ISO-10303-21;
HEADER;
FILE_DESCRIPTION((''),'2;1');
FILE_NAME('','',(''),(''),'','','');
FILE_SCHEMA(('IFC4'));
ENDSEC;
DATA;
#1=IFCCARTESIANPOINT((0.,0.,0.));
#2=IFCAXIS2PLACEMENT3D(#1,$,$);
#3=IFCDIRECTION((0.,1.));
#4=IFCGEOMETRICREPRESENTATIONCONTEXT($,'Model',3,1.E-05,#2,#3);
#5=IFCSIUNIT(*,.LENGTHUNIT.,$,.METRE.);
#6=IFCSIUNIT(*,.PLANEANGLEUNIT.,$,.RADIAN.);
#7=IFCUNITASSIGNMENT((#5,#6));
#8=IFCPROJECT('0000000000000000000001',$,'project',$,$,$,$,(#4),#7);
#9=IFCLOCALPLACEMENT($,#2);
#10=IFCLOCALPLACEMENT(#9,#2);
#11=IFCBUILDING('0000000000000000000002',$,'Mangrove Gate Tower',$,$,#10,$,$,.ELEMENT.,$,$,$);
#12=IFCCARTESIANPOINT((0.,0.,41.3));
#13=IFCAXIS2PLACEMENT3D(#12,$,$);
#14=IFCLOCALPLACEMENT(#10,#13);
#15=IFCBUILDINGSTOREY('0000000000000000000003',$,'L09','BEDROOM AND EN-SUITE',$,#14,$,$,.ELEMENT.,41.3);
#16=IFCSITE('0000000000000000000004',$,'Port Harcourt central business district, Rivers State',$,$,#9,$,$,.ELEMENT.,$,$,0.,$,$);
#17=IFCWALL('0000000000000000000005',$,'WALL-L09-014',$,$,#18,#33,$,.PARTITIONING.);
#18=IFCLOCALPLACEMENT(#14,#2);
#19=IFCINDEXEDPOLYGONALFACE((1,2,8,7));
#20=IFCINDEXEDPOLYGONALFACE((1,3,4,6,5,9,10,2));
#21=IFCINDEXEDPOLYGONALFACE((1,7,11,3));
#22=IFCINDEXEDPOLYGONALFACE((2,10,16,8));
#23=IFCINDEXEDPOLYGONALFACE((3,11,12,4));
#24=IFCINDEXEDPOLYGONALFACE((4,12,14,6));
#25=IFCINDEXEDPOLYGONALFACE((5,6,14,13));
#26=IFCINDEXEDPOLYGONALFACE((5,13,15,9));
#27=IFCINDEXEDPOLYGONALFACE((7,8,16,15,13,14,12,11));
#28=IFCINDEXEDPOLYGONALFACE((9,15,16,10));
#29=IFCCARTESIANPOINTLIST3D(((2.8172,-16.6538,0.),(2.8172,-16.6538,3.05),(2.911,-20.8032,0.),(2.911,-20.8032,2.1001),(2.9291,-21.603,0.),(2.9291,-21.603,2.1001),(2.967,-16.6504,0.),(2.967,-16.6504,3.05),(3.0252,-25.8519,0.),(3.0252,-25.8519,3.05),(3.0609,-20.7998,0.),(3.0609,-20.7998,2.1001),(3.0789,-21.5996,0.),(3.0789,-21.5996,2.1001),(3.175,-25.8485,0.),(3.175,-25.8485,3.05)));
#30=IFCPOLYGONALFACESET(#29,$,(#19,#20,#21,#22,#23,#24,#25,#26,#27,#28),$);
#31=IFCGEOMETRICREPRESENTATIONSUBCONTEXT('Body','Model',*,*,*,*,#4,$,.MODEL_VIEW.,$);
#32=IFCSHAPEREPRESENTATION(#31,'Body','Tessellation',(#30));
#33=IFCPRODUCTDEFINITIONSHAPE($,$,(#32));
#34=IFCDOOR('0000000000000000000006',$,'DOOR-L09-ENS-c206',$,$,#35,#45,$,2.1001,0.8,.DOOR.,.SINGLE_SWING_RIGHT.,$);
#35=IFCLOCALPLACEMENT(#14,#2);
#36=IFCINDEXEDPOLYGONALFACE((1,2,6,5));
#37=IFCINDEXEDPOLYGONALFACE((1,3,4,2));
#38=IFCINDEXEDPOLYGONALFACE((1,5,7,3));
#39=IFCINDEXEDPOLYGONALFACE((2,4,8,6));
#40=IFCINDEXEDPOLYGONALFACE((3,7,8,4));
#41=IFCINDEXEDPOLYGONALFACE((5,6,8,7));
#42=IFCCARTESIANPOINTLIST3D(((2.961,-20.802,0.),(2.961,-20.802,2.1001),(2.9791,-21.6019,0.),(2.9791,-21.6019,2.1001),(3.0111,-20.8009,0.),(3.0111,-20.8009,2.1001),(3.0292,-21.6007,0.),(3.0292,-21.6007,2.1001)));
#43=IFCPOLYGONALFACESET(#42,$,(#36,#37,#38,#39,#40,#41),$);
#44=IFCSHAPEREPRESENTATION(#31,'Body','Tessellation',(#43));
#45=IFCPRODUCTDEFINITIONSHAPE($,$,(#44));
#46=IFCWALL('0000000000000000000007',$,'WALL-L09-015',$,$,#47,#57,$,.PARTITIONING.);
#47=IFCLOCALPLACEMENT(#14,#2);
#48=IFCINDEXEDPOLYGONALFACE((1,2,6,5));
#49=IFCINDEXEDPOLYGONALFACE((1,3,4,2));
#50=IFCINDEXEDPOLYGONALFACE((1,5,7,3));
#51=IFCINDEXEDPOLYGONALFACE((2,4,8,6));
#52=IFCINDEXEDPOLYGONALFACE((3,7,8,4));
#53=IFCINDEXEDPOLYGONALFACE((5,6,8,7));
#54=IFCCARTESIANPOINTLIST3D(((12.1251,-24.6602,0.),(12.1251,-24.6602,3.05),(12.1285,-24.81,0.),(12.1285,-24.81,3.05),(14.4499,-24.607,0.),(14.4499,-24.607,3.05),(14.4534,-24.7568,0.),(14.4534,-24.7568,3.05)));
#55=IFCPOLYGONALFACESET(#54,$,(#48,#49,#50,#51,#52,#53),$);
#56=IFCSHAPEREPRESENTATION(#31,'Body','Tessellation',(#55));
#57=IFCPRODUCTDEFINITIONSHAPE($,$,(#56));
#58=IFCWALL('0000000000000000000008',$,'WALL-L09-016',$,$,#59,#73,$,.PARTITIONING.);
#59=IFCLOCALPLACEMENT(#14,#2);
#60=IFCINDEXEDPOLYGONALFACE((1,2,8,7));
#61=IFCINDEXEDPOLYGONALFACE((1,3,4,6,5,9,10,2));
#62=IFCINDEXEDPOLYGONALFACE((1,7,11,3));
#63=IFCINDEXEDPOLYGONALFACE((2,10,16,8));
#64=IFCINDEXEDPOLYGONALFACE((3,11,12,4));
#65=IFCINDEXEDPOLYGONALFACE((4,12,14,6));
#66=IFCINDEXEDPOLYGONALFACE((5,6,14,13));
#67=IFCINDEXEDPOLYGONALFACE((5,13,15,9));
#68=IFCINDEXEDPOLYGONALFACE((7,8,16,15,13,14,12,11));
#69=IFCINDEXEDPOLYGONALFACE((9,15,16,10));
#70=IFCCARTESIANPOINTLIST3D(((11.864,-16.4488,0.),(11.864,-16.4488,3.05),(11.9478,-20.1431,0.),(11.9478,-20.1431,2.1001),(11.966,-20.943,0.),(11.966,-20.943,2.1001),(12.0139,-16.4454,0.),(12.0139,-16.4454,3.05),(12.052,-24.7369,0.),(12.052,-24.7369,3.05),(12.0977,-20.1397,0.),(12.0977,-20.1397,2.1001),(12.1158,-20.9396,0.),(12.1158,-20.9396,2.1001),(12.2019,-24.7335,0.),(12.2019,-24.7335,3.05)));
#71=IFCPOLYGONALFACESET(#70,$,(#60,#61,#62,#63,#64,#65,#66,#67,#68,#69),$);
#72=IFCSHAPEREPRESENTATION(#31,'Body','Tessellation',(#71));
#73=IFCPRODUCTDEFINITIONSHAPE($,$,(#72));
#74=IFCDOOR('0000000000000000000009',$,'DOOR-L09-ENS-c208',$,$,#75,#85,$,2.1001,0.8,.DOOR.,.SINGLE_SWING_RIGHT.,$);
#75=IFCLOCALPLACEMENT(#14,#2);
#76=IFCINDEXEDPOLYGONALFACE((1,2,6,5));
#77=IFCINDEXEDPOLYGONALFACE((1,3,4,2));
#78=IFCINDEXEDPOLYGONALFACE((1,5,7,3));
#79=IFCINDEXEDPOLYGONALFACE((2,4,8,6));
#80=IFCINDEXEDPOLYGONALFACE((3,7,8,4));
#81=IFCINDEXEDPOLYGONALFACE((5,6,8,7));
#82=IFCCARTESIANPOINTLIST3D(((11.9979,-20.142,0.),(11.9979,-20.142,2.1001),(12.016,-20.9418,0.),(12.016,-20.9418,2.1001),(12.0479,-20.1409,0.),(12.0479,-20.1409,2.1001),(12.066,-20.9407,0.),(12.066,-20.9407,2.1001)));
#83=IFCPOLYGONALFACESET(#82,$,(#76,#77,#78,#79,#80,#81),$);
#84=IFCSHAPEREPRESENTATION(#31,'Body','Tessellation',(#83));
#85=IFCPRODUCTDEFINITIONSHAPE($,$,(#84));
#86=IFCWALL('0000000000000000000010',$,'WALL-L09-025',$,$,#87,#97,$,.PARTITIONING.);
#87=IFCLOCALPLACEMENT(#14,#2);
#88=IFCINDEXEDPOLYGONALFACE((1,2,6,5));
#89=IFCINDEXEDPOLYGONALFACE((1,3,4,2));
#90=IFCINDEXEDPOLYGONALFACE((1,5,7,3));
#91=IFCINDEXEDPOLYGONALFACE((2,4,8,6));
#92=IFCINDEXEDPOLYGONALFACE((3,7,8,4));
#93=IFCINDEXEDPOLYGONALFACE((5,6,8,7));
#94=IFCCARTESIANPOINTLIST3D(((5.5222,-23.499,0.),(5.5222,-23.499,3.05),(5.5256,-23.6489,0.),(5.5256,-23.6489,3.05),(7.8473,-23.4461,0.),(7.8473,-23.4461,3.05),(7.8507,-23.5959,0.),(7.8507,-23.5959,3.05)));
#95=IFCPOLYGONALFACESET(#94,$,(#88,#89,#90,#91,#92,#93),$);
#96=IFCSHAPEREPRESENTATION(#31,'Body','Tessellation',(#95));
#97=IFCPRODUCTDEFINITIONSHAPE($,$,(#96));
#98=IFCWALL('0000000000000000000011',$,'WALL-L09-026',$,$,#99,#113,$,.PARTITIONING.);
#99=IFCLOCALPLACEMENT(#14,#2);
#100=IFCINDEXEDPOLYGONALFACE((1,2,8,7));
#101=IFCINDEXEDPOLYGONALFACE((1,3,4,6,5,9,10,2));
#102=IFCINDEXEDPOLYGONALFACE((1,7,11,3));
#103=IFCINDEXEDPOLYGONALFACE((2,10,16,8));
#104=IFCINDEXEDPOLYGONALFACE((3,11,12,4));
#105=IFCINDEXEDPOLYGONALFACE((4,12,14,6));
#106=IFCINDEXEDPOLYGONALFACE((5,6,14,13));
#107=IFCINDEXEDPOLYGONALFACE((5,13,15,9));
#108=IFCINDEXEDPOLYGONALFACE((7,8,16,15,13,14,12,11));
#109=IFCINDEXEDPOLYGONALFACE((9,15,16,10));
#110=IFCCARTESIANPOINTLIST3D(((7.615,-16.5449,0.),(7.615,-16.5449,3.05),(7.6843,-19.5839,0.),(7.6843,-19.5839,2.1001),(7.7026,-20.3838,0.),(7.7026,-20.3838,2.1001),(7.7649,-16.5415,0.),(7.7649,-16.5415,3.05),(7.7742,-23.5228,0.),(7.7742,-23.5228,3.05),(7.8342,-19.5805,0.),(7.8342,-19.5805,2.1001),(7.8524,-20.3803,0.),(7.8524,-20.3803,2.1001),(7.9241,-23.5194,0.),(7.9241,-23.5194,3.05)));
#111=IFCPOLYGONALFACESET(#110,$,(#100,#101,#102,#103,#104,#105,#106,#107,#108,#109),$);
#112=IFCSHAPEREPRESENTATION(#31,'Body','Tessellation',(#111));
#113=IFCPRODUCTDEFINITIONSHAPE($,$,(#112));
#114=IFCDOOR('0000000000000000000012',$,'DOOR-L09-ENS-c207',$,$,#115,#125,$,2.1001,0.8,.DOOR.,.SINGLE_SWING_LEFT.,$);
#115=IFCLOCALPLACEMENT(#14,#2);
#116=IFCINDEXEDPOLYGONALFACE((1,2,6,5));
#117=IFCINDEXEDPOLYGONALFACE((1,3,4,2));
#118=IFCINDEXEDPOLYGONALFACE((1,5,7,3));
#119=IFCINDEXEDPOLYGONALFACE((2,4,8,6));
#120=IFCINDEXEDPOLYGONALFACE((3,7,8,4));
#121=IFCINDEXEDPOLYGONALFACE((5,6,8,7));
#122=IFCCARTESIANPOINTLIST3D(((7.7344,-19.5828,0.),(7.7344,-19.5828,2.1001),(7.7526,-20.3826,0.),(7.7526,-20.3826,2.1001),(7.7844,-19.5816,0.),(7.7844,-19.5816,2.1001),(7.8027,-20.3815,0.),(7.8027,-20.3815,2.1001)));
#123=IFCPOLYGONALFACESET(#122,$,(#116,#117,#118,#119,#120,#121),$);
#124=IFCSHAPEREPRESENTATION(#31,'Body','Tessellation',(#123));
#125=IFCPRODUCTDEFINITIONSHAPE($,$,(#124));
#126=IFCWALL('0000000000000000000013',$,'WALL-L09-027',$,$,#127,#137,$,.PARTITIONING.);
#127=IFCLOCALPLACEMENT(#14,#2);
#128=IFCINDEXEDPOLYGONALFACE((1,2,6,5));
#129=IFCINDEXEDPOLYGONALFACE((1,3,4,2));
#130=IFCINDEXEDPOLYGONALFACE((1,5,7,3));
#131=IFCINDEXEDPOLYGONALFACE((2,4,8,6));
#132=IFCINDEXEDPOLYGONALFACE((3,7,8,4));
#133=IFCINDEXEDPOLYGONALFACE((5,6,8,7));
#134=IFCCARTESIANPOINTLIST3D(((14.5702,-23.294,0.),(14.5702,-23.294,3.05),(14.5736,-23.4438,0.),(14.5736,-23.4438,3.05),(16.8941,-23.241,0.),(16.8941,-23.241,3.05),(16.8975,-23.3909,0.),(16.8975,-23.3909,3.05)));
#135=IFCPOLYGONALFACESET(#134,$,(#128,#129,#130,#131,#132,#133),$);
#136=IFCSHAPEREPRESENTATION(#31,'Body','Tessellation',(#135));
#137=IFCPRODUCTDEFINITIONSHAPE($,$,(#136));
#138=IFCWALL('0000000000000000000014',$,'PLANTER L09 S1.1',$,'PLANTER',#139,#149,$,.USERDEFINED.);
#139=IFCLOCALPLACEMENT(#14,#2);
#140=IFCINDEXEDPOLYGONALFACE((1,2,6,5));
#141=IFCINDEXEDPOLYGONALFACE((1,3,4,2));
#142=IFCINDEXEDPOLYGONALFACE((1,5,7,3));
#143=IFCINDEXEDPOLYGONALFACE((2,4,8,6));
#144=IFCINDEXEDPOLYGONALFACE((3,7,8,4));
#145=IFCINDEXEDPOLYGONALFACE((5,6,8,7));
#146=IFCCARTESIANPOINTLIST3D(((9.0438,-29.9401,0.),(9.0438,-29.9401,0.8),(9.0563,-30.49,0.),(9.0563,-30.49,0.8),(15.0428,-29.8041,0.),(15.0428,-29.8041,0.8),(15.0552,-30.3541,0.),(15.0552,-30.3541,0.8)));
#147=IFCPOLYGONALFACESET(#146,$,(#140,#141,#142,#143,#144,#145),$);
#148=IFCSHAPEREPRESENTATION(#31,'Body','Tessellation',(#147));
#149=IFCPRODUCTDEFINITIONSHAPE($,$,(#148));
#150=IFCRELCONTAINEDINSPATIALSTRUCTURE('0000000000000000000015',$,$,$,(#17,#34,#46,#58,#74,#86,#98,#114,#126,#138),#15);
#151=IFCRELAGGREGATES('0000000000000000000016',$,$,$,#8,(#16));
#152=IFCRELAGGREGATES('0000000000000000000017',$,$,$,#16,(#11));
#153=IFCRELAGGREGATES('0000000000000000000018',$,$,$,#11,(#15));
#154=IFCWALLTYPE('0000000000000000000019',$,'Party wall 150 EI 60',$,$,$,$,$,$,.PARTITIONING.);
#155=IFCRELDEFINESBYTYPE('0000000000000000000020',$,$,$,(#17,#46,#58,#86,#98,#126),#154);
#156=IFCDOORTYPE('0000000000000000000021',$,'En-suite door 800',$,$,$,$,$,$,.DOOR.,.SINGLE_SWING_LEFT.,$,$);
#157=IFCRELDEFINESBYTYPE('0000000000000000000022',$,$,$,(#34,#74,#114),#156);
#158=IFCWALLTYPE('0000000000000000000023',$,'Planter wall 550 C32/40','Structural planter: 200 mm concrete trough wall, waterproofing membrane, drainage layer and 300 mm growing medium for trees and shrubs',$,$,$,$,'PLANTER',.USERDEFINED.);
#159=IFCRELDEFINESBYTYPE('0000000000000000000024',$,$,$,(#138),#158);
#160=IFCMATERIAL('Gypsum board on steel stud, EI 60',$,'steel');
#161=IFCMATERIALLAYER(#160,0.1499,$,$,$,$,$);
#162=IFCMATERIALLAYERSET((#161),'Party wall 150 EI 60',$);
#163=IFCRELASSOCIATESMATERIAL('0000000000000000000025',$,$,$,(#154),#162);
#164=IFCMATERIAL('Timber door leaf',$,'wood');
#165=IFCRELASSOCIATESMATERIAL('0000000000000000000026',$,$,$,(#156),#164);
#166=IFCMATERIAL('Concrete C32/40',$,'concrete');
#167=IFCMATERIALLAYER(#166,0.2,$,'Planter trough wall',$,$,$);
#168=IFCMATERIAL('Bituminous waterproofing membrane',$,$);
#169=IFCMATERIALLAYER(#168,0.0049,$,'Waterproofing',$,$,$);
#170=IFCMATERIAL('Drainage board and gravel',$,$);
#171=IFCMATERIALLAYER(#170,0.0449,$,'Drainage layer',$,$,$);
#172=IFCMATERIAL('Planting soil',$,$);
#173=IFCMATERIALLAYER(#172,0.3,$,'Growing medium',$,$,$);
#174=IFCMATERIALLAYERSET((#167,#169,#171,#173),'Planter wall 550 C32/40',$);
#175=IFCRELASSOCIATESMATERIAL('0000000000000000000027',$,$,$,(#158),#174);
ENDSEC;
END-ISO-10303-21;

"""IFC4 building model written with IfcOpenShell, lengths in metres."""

from ifc_helpers import new_model, si_unit, direction, frame, frame_2d, origin, place, context, subcontext, project, spatial, rectangle, extrude, material, layer, layer_set, type_object, element, fill, save


model = new_model("IFC4")

# Units and contexts
model_context = context("Model", 3, precision=1e-05, world=origin(), true_north=direction((0.0, 1.0)))
body_context = subcontext(model_context, "Body", "Model", "MODEL_VIEW")
ifc_project = project(units=[si_unit("LENGTHUNIT", "METRE"), si_unit("PLANEANGLEUNIT", "RADIAN")], contexts=[model_context])

# Site, building, storey
site_placement = place(None, origin())
site = spatial("IfcSite", under=ifc_project, at=site_placement, Name="Port Harcourt central business district, Rivers State", CompositionType="ELEMENT", RefElevation=0.0)
building_placement = place(site_placement, origin())
building = spatial("IfcBuilding", under=site, at=building_placement, Name="Mangrove Gate Tower", CompositionType="ELEMENT")
storey_placement = place(building_placement, frame((0.0, 0.0, 41.3)))
storey = spatial("IfcBuildingStorey", under=building, at=storey_placement, Name="L09", Description="BEDROOM AND EN-SUITE", CompositionType="ELEMENT", Elevation=41.3)

# Shared definitions
ifc_material_1 = material(Name="Gypsum board on steel stud, EI 60", Category="steel")
ifc_layer_1 = layer(ifc_material_1, 0.1499)
ifc_layer_set_1 = layer_set([ifc_layer_1], Name="Party wall 150 EI 60")
wall_type_1 = type_object("IfcWallType", Name="Party wall 150 EI 60", PredefinedType="PARTITIONING", material=ifc_layer_set_1)

# Wall, opening, door
wall_1_placement = place(storey_placement, frame((3.1001, -25.8501, 0.0), z_axis=(0.0, 0.0, 1.0), x_axis=(-0.022609, 0.999744, 0.0)))
wall_1 = element("IfcWall", 1, at=wall_1_placement, inside=storey, type_object=wall_type_1, Name="WALL-L09-014", PredefinedType="PARTITIONING", context=body_context, shape_type="SweptSolid", body=[
    extrude(rectangle(XDim=9.2004, YDim=0.1499, at=frame_2d((4.6001, 0.0))), origin(), (0.0, 0.0, 1.0), 3.05),
])
opening_1_placement = place(wall_1_placement, frame((4.25, 0.0, 0.0)))
opening_1 = element("IfcOpeningElement", 2, at=opening_1_placement, cuts=wall_1, PredefinedType="OPENING", context=body_context, shape_type="SweptSolid", body=[
    extrude(rectangle(XDim=0.8, YDim=2.1001, at=frame_2d((0.3999, 1.05))), frame((0.0, 0.085, 0.0), z_axis=(0.0, -1.0, 0.0), x_axis=(1.0, 0.0, 0.0)), (0.0, 0.0, 1.0), 0.1699),
])
ifc_material_2 = material(Name="Timber door leaf", Category="wood")
door_type_1 = type_object("IfcDoorType", Name="En-suite door 800", OperationType="SINGLE_SWING_LEFT", PredefinedType="DOOR", material=ifc_material_2)
door_1_placement = place(opening_1_placement, origin())
door_1 = element("IfcDoor", 3, at=door_1_placement, inside=storey, type_object=door_type_1, Name="DOOR-L09-ENS-c206", OperationType="SINGLE_SWING_RIGHT", OverallHeight=2.1001, OverallWidth=0.8, PredefinedType="DOOR", context=body_context, shape_type="SweptSolid", body=[
    extrude(rectangle(XDim=0.8, YDim=2.1001, at=frame_2d((0.3999, 1.05))), frame((0.0, 0.0249, 0.0), z_axis=(0.0, -1.0, 0.0), x_axis=(1.0, 0.0, 0.0)), (0.0, 0.0, 1.0), 0.05),
])
fill(opening_1, door_1)

# Wall
wall_2_placement = place(storey_placement, frame((12.127, -24.7351, 0.0), z_axis=(0.0, 0.0, 1.0), x_axis=(0.999738, 0.022886, 0.0)))
element("IfcWall", 4, at=wall_2_placement, inside=storey, type_object=wall_type_1, Name="WALL-L09-015", PredefinedType="PARTITIONING", context=body_context, shape_type="SweptSolid", body=[
    extrude(rectangle(XDim=2.3254, YDim=0.1499, at=frame_2d((1.1626, 0.0))), origin(), (0.0, 0.0, 1.0), 3.05),
])

# Wall, opening, door
wall_3_placement = place(storey_placement, frame((12.127, -24.7351, 0.0), z_axis=(0.0, 0.0, 1.0), x_axis=(-0.022676, 0.999743, 0.0)))
wall_3 = element("IfcWall", 5, at=wall_3_placement, inside=storey, type_object=wall_type_1, Name="WALL-L09-016", PredefinedType="PARTITIONING", context=body_context, shape_type="SweptSolid", body=[
    extrude(rectangle(XDim=8.2903, YDim=0.1499, at=frame_2d((4.145, 0.0))), origin(), (0.0, 0.0, 1.0), 3.05),
])
opening_2_placement = place(wall_3_placement, frame((3.7949, 0.0, 0.0)))
opening_2 = element("IfcOpeningElement", 6, at=opening_2_placement, cuts=wall_3, PredefinedType="OPENING", context=body_context, shape_type="SweptSolid", body=[
    extrude(rectangle(XDim=0.8, YDim=2.1001, at=frame_2d((0.3999, 1.05))), frame((0.0, 0.085, 0.0), z_axis=(0.0, -1.0, 0.0), x_axis=(1.0, 0.0, 0.0)), (0.0, 0.0, 1.0), 0.1699),
])
door_2_placement = place(opening_2_placement, origin())
door_2 = element("IfcDoor", 7, at=door_2_placement, inside=storey, type_object=door_type_1, Name="DOOR-L09-ENS-c208", OperationType="SINGLE_SWING_RIGHT", OverallHeight=2.1001, OverallWidth=0.8, PredefinedType="DOOR", context=body_context, shape_type="SweptSolid", body=[
    extrude(rectangle(XDim=0.8, YDim=2.1001, at=frame_2d((0.3999, 1.05))), frame((0.0, 0.0249, 0.0), z_axis=(0.0, -1.0, 0.0), x_axis=(1.0, 0.0, 0.0)), (0.0, 0.0, 1.0), 0.05),
])
fill(opening_2, door_2)

# Wall
wall_4_placement = place(storey_placement, frame((5.5239, -23.574, 0.0), z_axis=(0.0, 0.0, 1.0), x_axis=(0.999741, 0.022779, 0.0)))
element("IfcWall", 8, at=wall_4_placement, inside=storey, type_object=wall_type_1, Name="WALL-L09-025", PredefinedType="PARTITIONING", context=body_context, shape_type="SweptSolid", body=[
    extrude(rectangle(XDim=2.3257, YDim=0.1499, at=frame_2d((1.1628, 0.0))), origin(), (0.0, 0.0, 1.0), 3.05),
])

# Wall, opening, door
wall_5_placement = place(storey_placement, frame((7.8491, -23.521, 0.0), z_axis=(0.0, 0.0, 1.0), x_axis=(-0.022806, 0.99974, 0.0)))
wall_5 = element("IfcWall", 9, at=wall_5_placement, inside=storey, type_object=wall_type_1, Name="WALL-L09-026", PredefinedType="PARTITIONING", context=body_context, shape_type="SweptSolid", body=[
    extrude(rectangle(XDim=6.9797, YDim=0.1499, at=frame_2d((3.4897, 0.0))), origin(), (0.0, 0.0, 1.0), 3.05),
])
opening_3_placement = place(wall_5_placement, frame((3.1399, 0.0, 0.0)))
opening_3 = element("IfcOpeningElement", 10, at=opening_3_placement, cuts=wall_5, PredefinedType="OPENING", context=body_context, shape_type="SweptSolid", body=[
    extrude(rectangle(XDim=0.8, YDim=2.1001, at=frame_2d((0.3999, 1.05))), frame((0.0, 0.085, 0.0), z_axis=(0.0, -1.0, 0.0), x_axis=(1.0, 0.0, 0.0)), (0.0, 0.0, 1.0), 0.1699),
])
door_3_placement = place(opening_3_placement, origin())
door_3 = element("IfcDoor", 11, at=door_3_placement, inside=storey, type_object=door_type_1, Name="DOOR-L09-ENS-c207", OperationType="SINGLE_SWING_LEFT", OverallHeight=2.1001, OverallWidth=0.8, PredefinedType="DOOR", context=body_context, shape_type="SweptSolid", body=[
    extrude(rectangle(XDim=0.8, YDim=2.1001, at=frame_2d((0.3999, 1.05))), frame((0.0, 0.0249, 0.0), z_axis=(0.0, -1.0, 0.0), x_axis=(1.0, 0.0, 0.0)), (0.0, 0.0, 1.0), 0.05),
])
fill(opening_3, door_3)

# Walls
wall_6_placement = place(storey_placement, frame((14.572, -23.3689, 0.0), z_axis=(0.0, 0.0, 1.0), x_axis=(0.99974, 0.022791, 0.0)))
element("IfcWall", 12, at=wall_6_placement, inside=storey, type_object=wall_type_1, Name="WALL-L09-027", PredefinedType="PARTITIONING", context=body_context, shape_type="SweptSolid", body=[
    extrude(rectangle(XDim=2.3245, YDim=0.1499, at=frame_2d((1.1621, 0.0))), origin(), (0.0, 0.0, 1.0), 3.05),
])
ifc_material_3 = material(Name="Concrete C32/40", Category="concrete")
ifc_layer_2 = layer(ifc_material_3, 0.2, Name="Planter trough wall")
ifc_material_4 = material(Name="Bituminous waterproofing membrane")
ifc_layer_3 = layer(ifc_material_4, 0.0049, Name="Waterproofing")
ifc_material_5 = material(Name="Drainage board and gravel")
ifc_layer_4 = layer(ifc_material_5, 0.0449, Name="Drainage layer")
ifc_material_6 = material(Name="Planting soil")
ifc_layer_5 = layer(ifc_material_6, 0.3, Name="Growing medium")
ifc_layer_set_2 = layer_set([ifc_layer_2, ifc_layer_3, ifc_layer_4, ifc_layer_5], Name="Planter wall 550 C32/40")
wall_type_2 = type_object("IfcWallType", Name="Planter wall 550 C32/40", Description="Structural planter: 200 mm concrete trough wall, waterproofing membrane, drainage layer and 300 mm growing medium for trees and shrubs", ElementType="PLANTER", PredefinedType="USERDEFINED", material=ifc_layer_set_2)
wall_7_placement = place(storey_placement, frame((9.05, -30.2151, 0.0), z_axis=(0.0, 0.0, 1.0), x_axis=(0.999743, 0.022662, 0.0)))
element("IfcWall", 13, at=wall_7_placement, inside=storey, type_object=wall_type_2, Name="PLANTER L09 S1.1", ObjectType="PLANTER", PredefinedType="USERDEFINED", context=body_context, shape_type="SweptSolid", body=[
    extrude(rectangle(XDim=6.0005, YDim=0.55, at=frame_2d((3.0002, 0.0))), origin(), (0.0, 0.0, 1.0), 0.8),
])

save(model, "model.ifc")
